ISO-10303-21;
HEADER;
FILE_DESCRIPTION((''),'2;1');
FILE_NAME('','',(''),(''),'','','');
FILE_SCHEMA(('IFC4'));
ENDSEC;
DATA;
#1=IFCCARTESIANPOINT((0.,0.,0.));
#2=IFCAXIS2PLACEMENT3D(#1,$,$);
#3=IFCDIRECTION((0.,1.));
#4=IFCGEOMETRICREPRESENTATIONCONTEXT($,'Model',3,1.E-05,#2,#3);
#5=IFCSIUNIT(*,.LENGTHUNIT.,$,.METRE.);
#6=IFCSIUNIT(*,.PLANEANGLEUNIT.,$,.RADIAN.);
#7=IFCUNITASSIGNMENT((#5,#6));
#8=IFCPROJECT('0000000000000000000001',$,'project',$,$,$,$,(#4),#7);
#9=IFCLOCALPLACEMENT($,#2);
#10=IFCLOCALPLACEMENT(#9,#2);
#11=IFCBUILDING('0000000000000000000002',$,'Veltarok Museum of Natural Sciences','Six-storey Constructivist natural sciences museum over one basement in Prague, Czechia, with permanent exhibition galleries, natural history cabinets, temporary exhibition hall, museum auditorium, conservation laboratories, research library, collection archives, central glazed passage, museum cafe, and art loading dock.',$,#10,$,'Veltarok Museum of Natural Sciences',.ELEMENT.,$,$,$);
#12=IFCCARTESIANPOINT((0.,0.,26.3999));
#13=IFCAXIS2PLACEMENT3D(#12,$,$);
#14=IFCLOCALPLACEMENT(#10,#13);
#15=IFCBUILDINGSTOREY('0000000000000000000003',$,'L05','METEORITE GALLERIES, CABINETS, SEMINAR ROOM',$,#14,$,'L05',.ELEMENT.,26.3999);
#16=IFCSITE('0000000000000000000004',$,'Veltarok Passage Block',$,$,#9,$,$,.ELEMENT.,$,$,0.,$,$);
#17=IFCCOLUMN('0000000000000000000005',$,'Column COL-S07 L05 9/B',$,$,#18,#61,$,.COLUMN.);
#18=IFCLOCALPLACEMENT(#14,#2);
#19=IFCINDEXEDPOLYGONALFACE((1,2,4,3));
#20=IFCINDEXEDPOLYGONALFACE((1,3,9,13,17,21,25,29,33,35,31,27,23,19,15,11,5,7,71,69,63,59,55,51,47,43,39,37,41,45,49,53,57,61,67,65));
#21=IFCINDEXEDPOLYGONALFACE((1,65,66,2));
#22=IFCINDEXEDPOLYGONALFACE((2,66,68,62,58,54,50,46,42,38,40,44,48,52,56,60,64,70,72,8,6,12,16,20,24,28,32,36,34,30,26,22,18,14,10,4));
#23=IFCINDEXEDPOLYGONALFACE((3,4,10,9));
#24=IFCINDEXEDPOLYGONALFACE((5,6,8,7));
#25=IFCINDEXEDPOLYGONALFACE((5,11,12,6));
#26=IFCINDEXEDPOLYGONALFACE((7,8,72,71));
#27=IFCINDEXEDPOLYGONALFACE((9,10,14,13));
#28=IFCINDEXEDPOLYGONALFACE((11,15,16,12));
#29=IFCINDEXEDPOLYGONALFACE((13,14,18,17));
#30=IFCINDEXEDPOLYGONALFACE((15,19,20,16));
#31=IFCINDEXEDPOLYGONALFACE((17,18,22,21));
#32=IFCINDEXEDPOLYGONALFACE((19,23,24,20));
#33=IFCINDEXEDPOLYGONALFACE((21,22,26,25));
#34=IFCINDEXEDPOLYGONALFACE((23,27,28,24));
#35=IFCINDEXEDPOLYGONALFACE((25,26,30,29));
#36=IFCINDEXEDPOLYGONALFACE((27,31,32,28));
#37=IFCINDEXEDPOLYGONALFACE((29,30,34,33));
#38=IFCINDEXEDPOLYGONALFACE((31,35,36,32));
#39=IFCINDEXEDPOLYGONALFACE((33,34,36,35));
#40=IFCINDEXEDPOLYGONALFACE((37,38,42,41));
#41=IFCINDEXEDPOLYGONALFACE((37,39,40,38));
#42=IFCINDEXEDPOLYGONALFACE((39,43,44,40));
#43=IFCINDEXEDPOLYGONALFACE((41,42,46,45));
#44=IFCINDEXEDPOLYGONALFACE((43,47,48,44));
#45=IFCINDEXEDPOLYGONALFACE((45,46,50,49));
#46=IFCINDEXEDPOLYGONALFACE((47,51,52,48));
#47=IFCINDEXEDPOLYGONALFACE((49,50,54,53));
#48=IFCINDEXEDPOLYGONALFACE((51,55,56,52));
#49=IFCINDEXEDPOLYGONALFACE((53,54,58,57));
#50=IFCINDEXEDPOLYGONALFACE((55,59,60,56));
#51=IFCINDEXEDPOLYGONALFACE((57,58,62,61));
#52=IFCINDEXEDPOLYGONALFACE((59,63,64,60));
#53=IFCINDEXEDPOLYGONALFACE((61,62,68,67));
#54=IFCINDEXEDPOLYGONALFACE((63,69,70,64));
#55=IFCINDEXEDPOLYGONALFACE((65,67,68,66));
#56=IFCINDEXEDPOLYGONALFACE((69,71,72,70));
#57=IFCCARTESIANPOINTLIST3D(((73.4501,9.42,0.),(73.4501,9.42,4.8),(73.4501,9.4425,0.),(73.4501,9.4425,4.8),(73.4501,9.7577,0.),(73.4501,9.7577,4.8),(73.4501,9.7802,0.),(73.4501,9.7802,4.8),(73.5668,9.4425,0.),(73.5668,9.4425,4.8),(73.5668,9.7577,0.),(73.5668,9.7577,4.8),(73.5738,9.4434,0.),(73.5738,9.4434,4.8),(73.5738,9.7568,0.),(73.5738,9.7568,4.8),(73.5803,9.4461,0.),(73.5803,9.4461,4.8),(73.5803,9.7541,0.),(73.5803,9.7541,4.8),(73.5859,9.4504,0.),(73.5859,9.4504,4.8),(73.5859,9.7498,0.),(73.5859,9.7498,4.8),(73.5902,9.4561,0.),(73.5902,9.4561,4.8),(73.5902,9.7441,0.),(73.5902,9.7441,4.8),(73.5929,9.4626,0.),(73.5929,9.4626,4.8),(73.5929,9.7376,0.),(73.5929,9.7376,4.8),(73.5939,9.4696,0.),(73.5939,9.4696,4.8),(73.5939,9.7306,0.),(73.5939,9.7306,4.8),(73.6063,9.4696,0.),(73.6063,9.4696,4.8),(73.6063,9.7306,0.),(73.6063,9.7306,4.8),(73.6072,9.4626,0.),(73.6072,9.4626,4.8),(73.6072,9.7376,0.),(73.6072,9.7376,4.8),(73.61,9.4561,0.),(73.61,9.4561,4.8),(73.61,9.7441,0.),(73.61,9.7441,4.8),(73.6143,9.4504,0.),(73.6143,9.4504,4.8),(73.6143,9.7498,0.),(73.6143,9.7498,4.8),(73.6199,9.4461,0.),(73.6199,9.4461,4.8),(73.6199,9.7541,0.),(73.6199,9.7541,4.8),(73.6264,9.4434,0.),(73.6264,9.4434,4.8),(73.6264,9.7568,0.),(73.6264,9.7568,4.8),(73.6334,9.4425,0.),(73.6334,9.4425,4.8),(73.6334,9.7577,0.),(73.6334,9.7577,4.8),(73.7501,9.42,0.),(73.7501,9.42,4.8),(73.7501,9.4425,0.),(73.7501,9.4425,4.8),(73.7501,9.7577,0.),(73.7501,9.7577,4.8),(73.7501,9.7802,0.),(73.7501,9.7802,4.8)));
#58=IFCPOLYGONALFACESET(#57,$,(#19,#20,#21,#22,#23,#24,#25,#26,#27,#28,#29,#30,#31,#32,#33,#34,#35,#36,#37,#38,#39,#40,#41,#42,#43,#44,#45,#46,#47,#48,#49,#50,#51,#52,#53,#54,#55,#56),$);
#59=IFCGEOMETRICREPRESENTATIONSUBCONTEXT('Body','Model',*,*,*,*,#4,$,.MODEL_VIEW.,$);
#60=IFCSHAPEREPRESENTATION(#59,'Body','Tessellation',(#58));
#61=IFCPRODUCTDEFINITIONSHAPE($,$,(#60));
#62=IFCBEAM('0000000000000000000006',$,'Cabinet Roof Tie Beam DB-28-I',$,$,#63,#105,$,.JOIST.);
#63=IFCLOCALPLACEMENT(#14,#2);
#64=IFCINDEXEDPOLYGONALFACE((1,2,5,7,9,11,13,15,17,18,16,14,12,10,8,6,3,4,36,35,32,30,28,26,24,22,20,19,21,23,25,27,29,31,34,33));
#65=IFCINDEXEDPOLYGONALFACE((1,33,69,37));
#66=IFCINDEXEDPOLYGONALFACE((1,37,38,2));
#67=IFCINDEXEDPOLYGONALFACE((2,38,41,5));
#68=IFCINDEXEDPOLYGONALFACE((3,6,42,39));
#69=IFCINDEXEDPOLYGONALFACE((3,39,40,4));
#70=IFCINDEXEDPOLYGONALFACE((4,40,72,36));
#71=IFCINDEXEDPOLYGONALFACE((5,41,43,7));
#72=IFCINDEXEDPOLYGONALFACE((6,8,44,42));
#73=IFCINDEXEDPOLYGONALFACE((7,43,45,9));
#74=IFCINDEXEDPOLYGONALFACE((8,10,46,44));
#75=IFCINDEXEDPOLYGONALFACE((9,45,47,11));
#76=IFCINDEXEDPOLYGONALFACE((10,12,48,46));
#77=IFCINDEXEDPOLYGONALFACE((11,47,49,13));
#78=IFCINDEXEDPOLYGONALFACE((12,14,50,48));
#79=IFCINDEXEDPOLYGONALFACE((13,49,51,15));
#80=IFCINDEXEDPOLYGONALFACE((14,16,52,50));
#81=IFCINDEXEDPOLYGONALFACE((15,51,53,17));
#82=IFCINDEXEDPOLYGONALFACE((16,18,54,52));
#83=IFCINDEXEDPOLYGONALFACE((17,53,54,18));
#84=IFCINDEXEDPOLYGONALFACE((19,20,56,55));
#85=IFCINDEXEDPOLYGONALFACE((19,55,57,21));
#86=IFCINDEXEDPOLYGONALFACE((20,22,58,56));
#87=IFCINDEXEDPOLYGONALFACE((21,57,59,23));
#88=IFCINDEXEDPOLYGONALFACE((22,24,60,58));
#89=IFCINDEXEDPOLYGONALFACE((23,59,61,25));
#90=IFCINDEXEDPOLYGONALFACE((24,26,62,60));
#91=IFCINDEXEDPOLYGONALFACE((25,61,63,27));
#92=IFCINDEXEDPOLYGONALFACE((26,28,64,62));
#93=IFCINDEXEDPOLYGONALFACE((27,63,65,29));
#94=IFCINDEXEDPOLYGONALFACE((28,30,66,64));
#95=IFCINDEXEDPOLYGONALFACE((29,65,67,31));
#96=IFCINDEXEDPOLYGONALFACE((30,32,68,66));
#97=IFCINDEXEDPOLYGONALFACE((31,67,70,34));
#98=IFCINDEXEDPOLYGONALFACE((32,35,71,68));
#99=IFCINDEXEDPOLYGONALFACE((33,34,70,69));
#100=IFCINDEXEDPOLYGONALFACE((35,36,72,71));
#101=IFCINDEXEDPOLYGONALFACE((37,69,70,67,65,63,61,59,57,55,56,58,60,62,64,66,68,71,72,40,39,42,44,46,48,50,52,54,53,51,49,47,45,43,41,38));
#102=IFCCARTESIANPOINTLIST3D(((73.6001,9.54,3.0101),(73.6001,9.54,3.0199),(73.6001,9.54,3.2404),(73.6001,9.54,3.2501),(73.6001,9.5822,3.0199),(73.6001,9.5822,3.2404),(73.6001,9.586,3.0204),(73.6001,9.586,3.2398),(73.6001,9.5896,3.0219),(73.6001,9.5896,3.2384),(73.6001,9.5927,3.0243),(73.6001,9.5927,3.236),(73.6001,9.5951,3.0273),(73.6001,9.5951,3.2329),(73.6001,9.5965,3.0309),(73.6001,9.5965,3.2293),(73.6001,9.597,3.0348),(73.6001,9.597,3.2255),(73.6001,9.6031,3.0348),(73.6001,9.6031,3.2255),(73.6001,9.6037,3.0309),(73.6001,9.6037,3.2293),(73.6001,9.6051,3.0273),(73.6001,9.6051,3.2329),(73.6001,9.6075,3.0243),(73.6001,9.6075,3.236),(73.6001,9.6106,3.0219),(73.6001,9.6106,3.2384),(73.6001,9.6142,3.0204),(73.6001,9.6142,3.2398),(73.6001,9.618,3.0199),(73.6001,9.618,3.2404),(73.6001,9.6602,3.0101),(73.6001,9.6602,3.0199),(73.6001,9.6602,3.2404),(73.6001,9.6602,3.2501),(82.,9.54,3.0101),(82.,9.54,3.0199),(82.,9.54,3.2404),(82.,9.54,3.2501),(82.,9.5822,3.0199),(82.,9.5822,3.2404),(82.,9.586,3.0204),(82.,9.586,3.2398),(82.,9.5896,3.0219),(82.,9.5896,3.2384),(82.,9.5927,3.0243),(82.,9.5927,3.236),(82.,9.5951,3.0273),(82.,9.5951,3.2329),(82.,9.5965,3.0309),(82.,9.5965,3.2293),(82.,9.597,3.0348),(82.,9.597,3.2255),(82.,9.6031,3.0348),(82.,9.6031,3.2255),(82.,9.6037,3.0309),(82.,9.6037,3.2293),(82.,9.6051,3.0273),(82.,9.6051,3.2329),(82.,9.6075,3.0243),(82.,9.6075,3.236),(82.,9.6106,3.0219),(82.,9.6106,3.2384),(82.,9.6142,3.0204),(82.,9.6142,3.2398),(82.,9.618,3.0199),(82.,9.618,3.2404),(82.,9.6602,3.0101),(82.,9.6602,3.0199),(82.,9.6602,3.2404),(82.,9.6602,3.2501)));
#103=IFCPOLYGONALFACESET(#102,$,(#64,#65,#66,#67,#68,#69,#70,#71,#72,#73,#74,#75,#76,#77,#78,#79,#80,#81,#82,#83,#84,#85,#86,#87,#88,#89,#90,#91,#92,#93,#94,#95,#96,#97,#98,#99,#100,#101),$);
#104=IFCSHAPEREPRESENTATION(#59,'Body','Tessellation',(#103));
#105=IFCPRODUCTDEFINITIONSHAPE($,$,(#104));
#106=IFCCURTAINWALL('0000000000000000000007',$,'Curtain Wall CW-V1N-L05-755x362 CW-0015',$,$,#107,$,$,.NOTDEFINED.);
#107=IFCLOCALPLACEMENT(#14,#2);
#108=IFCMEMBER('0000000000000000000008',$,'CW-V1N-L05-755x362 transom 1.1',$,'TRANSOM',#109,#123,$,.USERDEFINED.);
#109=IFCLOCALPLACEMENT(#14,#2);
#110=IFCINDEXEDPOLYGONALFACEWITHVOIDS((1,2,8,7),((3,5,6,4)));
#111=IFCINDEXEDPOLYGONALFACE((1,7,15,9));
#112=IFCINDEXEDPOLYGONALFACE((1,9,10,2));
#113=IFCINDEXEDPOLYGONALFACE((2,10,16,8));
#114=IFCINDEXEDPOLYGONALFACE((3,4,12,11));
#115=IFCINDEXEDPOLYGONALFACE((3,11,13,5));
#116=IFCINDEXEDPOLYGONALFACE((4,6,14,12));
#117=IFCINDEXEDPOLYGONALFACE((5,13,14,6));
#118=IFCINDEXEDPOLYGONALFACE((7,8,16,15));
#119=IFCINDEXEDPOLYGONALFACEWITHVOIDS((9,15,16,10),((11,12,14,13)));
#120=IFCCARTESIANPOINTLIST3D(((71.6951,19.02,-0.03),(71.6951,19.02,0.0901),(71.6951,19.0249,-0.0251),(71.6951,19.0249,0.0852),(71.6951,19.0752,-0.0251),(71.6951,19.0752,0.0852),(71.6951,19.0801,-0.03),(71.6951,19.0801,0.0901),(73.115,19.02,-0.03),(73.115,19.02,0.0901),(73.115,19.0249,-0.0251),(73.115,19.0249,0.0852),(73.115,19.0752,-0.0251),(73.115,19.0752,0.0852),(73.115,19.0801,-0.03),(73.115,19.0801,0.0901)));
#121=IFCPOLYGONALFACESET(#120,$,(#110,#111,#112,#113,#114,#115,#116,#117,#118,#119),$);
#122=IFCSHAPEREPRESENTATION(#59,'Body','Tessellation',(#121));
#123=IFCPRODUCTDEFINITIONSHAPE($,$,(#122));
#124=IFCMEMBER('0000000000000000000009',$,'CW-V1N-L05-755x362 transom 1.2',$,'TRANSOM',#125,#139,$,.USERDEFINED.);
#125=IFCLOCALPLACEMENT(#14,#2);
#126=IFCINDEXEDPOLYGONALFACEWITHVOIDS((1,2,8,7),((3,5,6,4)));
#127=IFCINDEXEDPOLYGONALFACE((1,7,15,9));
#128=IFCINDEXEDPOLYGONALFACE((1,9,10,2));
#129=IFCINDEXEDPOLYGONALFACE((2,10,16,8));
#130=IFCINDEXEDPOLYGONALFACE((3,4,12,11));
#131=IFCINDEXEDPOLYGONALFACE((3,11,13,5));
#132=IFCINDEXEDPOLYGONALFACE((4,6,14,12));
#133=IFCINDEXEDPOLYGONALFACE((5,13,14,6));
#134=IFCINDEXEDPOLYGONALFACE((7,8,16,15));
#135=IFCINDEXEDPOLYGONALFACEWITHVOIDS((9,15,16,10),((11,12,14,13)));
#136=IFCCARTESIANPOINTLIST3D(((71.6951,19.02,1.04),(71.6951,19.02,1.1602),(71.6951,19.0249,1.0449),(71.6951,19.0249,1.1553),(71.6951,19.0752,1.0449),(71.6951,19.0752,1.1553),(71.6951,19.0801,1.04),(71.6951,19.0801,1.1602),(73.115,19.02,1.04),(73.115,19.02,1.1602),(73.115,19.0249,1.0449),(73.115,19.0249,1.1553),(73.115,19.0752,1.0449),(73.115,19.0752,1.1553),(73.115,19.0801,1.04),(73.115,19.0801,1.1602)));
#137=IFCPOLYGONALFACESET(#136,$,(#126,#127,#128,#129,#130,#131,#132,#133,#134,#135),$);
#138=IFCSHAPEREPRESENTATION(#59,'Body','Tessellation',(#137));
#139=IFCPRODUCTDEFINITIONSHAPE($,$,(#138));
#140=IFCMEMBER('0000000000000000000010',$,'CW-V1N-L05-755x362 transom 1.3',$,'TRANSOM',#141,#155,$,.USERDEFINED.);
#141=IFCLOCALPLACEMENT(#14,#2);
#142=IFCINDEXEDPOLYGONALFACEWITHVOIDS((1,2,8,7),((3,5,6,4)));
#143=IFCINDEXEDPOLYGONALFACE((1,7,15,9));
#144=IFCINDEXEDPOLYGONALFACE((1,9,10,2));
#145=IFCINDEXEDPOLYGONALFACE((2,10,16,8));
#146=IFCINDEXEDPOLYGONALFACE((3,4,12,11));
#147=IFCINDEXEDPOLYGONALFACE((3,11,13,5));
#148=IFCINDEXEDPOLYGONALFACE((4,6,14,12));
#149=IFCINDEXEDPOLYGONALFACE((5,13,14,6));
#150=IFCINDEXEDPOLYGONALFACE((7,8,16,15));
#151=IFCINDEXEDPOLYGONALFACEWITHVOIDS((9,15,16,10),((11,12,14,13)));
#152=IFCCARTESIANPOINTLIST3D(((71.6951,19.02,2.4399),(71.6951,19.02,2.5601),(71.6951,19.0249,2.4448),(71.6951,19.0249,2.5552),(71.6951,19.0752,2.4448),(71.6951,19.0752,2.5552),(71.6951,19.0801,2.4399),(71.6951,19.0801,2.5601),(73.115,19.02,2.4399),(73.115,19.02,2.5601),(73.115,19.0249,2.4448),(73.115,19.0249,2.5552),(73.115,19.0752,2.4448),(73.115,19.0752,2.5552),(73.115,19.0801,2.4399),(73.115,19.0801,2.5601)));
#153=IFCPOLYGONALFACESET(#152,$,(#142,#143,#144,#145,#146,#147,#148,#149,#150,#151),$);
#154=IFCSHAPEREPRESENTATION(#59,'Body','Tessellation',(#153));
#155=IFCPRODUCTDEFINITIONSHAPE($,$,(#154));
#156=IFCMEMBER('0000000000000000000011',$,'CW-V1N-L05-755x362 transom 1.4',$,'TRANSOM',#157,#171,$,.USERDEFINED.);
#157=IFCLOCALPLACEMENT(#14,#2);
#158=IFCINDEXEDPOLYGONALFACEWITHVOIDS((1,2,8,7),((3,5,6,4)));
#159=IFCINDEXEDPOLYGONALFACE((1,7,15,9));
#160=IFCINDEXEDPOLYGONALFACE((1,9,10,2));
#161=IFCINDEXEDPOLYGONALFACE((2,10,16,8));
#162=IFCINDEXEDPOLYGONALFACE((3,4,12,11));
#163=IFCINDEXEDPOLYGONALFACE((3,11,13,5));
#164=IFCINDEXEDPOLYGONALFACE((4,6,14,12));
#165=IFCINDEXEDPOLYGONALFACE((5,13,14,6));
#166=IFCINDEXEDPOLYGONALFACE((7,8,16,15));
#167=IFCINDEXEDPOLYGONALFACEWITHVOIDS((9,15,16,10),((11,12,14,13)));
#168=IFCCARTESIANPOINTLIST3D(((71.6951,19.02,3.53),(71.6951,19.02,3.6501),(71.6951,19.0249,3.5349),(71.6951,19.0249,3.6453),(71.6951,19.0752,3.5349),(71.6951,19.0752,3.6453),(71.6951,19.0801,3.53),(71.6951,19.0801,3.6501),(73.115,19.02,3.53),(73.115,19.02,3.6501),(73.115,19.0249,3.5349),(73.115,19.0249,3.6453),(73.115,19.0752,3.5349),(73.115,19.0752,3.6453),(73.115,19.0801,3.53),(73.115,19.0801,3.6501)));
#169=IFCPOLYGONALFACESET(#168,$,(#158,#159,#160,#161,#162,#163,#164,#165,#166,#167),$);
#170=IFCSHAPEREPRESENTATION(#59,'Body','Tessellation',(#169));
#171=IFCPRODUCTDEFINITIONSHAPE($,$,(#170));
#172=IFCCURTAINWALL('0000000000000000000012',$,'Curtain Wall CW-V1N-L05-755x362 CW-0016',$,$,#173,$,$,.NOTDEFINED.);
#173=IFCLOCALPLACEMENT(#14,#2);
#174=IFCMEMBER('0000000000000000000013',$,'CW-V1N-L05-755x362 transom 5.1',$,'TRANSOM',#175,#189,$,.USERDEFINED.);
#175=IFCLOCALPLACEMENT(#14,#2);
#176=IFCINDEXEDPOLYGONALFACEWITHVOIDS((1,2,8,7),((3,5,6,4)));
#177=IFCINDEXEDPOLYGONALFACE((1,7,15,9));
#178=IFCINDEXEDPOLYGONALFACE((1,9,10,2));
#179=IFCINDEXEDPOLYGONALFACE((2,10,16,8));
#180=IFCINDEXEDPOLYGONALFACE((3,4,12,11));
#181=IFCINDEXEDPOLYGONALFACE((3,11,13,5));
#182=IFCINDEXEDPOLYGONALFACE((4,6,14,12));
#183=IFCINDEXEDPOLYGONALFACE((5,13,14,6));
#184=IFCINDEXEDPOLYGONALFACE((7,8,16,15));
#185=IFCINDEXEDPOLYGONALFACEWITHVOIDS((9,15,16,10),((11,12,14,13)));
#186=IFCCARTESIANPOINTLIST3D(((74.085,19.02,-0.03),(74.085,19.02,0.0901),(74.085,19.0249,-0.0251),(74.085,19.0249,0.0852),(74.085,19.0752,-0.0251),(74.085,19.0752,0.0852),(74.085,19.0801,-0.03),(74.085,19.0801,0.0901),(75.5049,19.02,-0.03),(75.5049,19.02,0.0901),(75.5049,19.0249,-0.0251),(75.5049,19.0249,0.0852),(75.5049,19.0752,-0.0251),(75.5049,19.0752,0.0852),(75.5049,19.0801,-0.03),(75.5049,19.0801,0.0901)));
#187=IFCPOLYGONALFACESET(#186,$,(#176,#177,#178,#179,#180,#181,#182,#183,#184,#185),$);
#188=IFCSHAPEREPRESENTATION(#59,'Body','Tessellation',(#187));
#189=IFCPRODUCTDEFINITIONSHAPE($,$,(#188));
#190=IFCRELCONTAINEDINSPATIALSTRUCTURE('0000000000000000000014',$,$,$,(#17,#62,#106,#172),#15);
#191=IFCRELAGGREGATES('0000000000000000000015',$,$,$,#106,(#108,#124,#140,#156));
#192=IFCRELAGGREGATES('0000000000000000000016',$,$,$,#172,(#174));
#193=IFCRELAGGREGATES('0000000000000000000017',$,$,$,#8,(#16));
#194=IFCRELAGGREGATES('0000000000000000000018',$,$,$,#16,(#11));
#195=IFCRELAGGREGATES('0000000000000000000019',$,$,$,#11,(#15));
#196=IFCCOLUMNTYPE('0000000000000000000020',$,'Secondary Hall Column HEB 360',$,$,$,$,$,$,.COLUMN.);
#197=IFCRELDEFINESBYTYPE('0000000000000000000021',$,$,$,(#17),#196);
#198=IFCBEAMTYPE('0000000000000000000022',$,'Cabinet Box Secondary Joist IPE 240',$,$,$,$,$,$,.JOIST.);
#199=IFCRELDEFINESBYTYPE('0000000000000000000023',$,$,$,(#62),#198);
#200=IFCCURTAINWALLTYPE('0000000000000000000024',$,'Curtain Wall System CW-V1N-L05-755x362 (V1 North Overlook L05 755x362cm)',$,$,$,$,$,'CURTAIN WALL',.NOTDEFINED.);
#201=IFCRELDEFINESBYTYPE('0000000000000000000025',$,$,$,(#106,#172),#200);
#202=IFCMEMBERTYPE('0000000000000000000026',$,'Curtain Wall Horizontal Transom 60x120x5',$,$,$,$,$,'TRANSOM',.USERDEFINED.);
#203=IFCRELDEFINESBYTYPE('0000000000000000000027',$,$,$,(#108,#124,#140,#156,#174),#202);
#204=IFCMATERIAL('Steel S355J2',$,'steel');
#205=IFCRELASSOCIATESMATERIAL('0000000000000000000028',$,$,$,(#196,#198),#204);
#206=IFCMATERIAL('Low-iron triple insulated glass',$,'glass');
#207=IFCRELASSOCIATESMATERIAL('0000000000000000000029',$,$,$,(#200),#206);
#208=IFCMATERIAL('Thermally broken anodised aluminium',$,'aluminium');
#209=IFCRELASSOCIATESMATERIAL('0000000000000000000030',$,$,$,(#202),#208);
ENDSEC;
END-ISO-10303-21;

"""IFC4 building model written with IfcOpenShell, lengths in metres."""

from ifc_helpers import new_model, si_unit, direction, frame, origin, origin_2d, place, context, subcontext, project, spatial, hollow_rectangle, i_section, extrude, material, material_profile, profile_set, type_object, element, aggregate, save


model = new_model("IFC4")

# Units and contexts
model_context = context("Model", 3, precision=1e-05, world=origin(), true_north=direction((0.0, 1.0)))
body_context = subcontext(model_context, "Body", "Model", "MODEL_VIEW")
ifc_project = project(units=[si_unit("LENGTHUNIT", "METRE"), si_unit("PLANEANGLEUNIT", "RADIAN")], contexts=[model_context])

# Site, building, storey
site_placement = place(None, origin())
site = spatial("IfcSite", under=ifc_project, at=site_placement, Name="Veltarok Passage Block", CompositionType="ELEMENT", RefElevation=0.0)
building_placement = place(site_placement, origin())
building = spatial("IfcBuilding", under=site, at=building_placement, Name="Veltarok Museum of Natural Sciences", Description="Six-storey Constructivist natural sciences museum over one basement in Prague, Czechia, with permanent exhibition galleries, natural history cabinets, temporary exhibition hall, museum auditorium, conservation laboratories, research library, collection archives, central glazed passage, museum cafe, and art loading dock.", LongName="Veltarok Museum of Natural Sciences", CompositionType="ELEMENT")
storey_placement = place(building_placement, frame((0.0, 0.0, 26.3999)))
storey = spatial("IfcBuildingStorey", under=building, at=storey_placement, Name="L05", Description="METEORITE GALLERIES, CABINETS, SEMINAR ROOM", LongName="L05", CompositionType="ELEMENT", Elevation=26.3999)

# Column
ifc_material_1 = material(Name="Steel S355J2", Category="steel")
ifc_material_profile_1 = material_profile(ifc_material_1, i_section(OverallWidth=0.3, OverallDepth=0.3601, WebThickness=0.0125, FlangeThickness=0.0225, FilletRadius=0.0271, at=origin_2d()), Name="HEB 360")
ifc_profile_set_1 = profile_set([ifc_material_profile_1], Name="Steel S355J2")
column_type = type_object("IfcColumnType", Name="Secondary Hall Column HEB 360", PredefinedType="COLUMN", material=ifc_profile_set_1)
column_placement = place(storey_placement, frame((73.6001, 9.6001, 0.0), z_axis=(0.0, 0.0, 1.0), x_axis=(1.0, 0.0, 0.0)))
element("IfcColumn", 1, at=column_placement, inside=storey, type_object=column_type, Name="Column COL-S07 L05 9/B", PredefinedType="COLUMN", context=body_context, shape_type="SweptSolid", body=[
    extrude(i_section(OverallWidth=0.3, OverallDepth=0.3601, WebThickness=0.0125, FlangeThickness=0.0225, FilletRadius=0.0271, at=origin_2d()), origin(), (0.0, 0.0, 1.0), 4.8),
])

# Beam
ifc_material_profile_2 = material_profile(ifc_material_1, i_section(OverallWidth=0.1201, OverallDepth=0.24, WebThickness=0.0061, FlangeThickness=0.0098, FilletRadius=0.0149, at=origin_2d()), Name="IPE 240")
ifc_profile_set_2 = profile_set([ifc_material_profile_2], Name="Steel S355J2")
beam_type_1 = type_object("IfcBeamType", Name="Cabinet Box Secondary Joist IPE 240", PredefinedType="JOIST", material=ifc_profile_set_2)
beam_1_placement = place(storey_placement, frame((73.6001, 9.6001, 3.1301), z_axis=(1.0, 0.0, 0.0), x_axis=(0.0, 1.0, 0.0)))
element("IfcBeam", 2, at=beam_1_placement, inside=storey, type_object=beam_type_1, Name="Cabinet Roof Tie Beam DB-28-I", PredefinedType="JOIST", context=body_context, shape_type="SweptSolid", body=[
    extrude(i_section(OverallWidth=0.1201, OverallDepth=0.24, WebThickness=0.0061, FlangeThickness=0.0098, FilletRadius=0.0149, at=origin_2d()), origin(), (0.0, 0.0, 1.0), 8.3999),
])

# Curtain walls, members
ifc_material_2 = material(Name="Low-iron triple insulated glass", Category="glass")
curtain_wall_type_1 = type_object("IfcCurtainWallType", Name="Curtain Wall System CW-V1N-L05-755x362 (V1 North Overlook L05 755x362cm)", ElementType="CURTAIN WALL", PredefinedType="NOTDEFINED", material=ifc_material_2)
curtain_wall_1_placement = place(storey_placement, origin())
curtain_wall_1 = element("IfcCurtainWall", 3, at=curtain_wall_1_placement, inside=storey, type_object=curtain_wall_type_1, Name="Curtain Wall CW-V1N-L05-755x362 CW-0015", PredefinedType="NOTDEFINED")
ifc_material_3 = material(Name="Thermally broken anodised aluminium", Category="aluminium")
ifc_material_profile_3 = material_profile(ifc_material_3, hollow_rectangle(XDim=0.0601, YDim=0.1201, WallThickness=0.0049, at=origin_2d()), Name="CW TRANSOM 60x120x5")
ifc_profile_set_3 = profile_set([ifc_material_profile_3], Name="Thermally broken anodised aluminium")
member_type_1 = type_object("IfcMemberType", Name="Curtain Wall Horizontal Transom 60x120x5", ElementType="TRANSOM", PredefinedType="USERDEFINED", material=ifc_profile_set_3)
member_1_placement = place(storey_placement, frame((73.115, 19.05, 0.03), z_axis=(-1.0, 0.0, 0.0), x_axis=(0.0, -1.0, 0.0)))
member_1 = element("IfcMember", 4, at=member_1_placement, type_object=member_type_1, Name="CW-V1N-L05-755x362 transom 1.1", ObjectType="TRANSOM", PredefinedType="USERDEFINED", context=body_context, shape_type="SweptSolid", body=[
    extrude(hollow_rectangle(XDim=0.0601, YDim=0.1201, WallThickness=0.0049, at=origin_2d()), origin(), (0.0, 0.0, 1.0), 1.4199),
])
member_2_placement = place(storey_placement, frame((73.115, 19.05, 1.1001), z_axis=(-1.0, 0.0, 0.0), x_axis=(0.0, -1.0, 0.0)))
member_2 = element("IfcMember", 5, at=member_2_placement, type_object=member_type_1, Name="CW-V1N-L05-755x362 transom 1.2", ObjectType="TRANSOM", PredefinedType="USERDEFINED", context=body_context, shape_type="SweptSolid", body=[
    extrude(hollow_rectangle(XDim=0.0601, YDim=0.1201, WallThickness=0.0049, at=origin_2d()), origin(), (0.0, 0.0, 1.0), 1.4199),
])
member_3_placement = place(storey_placement, frame((73.115, 19.05, 2.5), z_axis=(-1.0, 0.0, 0.0), x_axis=(0.0, -1.0, 0.0)))
member_3 = element("IfcMember", 6, at=member_3_placement, type_object=member_type_1, Name="CW-V1N-L05-755x362 transom 1.3", ObjectType="TRANSOM", PredefinedType="USERDEFINED", context=body_context, shape_type="SweptSolid", body=[
    extrude(hollow_rectangle(XDim=0.0601, YDim=0.1201, WallThickness=0.0049, at=origin_2d()), origin(), (0.0, 0.0, 1.0), 1.4199),
])
member_4_placement = place(storey_placement, frame((73.115, 19.05, 3.5901), z_axis=(-1.0, 0.0, 0.0), x_axis=(0.0, -1.0, 0.0)))
member_4 = element("IfcMember", 7, at=member_4_placement, type_object=member_type_1, Name="CW-V1N-L05-755x362 transom 1.4", ObjectType="TRANSOM", PredefinedType="USERDEFINED", context=body_context, shape_type="SweptSolid", body=[
    extrude(hollow_rectangle(XDim=0.0601, YDim=0.1201, WallThickness=0.0049, at=origin_2d()), origin(), (0.0, 0.0, 1.0), 1.4199),
])
curtain_wall_2_placement = place(storey_placement, origin())
curtain_wall_2 = element("IfcCurtainWall", 8, at=curtain_wall_2_placement, inside=storey, type_object=curtain_wall_type_1, Name="Curtain Wall CW-V1N-L05-755x362 CW-0016", PredefinedType="NOTDEFINED")
member_5_placement = place(storey_placement, frame((75.5049, 19.05, 0.03), z_axis=(-1.0, 0.0, 0.0), x_axis=(0.0, -1.0, 0.0)))
member_5 = element("IfcMember", 9, at=member_5_placement, type_object=member_type_1, Name="CW-V1N-L05-755x362 transom 5.1", ObjectType="TRANSOM", PredefinedType="USERDEFINED", context=body_context, shape_type="SweptSolid", body=[
    extrude(hollow_rectangle(XDim=0.0601, YDim=0.1201, WallThickness=0.0049, at=origin_2d()), origin(), (0.0, 0.0, 1.0), 1.4199),
])

aggregate(curtain_wall_1, [member_1, member_2, member_3, member_4])
aggregate(curtain_wall_2, [member_5])

save(model, "model.ifc")
